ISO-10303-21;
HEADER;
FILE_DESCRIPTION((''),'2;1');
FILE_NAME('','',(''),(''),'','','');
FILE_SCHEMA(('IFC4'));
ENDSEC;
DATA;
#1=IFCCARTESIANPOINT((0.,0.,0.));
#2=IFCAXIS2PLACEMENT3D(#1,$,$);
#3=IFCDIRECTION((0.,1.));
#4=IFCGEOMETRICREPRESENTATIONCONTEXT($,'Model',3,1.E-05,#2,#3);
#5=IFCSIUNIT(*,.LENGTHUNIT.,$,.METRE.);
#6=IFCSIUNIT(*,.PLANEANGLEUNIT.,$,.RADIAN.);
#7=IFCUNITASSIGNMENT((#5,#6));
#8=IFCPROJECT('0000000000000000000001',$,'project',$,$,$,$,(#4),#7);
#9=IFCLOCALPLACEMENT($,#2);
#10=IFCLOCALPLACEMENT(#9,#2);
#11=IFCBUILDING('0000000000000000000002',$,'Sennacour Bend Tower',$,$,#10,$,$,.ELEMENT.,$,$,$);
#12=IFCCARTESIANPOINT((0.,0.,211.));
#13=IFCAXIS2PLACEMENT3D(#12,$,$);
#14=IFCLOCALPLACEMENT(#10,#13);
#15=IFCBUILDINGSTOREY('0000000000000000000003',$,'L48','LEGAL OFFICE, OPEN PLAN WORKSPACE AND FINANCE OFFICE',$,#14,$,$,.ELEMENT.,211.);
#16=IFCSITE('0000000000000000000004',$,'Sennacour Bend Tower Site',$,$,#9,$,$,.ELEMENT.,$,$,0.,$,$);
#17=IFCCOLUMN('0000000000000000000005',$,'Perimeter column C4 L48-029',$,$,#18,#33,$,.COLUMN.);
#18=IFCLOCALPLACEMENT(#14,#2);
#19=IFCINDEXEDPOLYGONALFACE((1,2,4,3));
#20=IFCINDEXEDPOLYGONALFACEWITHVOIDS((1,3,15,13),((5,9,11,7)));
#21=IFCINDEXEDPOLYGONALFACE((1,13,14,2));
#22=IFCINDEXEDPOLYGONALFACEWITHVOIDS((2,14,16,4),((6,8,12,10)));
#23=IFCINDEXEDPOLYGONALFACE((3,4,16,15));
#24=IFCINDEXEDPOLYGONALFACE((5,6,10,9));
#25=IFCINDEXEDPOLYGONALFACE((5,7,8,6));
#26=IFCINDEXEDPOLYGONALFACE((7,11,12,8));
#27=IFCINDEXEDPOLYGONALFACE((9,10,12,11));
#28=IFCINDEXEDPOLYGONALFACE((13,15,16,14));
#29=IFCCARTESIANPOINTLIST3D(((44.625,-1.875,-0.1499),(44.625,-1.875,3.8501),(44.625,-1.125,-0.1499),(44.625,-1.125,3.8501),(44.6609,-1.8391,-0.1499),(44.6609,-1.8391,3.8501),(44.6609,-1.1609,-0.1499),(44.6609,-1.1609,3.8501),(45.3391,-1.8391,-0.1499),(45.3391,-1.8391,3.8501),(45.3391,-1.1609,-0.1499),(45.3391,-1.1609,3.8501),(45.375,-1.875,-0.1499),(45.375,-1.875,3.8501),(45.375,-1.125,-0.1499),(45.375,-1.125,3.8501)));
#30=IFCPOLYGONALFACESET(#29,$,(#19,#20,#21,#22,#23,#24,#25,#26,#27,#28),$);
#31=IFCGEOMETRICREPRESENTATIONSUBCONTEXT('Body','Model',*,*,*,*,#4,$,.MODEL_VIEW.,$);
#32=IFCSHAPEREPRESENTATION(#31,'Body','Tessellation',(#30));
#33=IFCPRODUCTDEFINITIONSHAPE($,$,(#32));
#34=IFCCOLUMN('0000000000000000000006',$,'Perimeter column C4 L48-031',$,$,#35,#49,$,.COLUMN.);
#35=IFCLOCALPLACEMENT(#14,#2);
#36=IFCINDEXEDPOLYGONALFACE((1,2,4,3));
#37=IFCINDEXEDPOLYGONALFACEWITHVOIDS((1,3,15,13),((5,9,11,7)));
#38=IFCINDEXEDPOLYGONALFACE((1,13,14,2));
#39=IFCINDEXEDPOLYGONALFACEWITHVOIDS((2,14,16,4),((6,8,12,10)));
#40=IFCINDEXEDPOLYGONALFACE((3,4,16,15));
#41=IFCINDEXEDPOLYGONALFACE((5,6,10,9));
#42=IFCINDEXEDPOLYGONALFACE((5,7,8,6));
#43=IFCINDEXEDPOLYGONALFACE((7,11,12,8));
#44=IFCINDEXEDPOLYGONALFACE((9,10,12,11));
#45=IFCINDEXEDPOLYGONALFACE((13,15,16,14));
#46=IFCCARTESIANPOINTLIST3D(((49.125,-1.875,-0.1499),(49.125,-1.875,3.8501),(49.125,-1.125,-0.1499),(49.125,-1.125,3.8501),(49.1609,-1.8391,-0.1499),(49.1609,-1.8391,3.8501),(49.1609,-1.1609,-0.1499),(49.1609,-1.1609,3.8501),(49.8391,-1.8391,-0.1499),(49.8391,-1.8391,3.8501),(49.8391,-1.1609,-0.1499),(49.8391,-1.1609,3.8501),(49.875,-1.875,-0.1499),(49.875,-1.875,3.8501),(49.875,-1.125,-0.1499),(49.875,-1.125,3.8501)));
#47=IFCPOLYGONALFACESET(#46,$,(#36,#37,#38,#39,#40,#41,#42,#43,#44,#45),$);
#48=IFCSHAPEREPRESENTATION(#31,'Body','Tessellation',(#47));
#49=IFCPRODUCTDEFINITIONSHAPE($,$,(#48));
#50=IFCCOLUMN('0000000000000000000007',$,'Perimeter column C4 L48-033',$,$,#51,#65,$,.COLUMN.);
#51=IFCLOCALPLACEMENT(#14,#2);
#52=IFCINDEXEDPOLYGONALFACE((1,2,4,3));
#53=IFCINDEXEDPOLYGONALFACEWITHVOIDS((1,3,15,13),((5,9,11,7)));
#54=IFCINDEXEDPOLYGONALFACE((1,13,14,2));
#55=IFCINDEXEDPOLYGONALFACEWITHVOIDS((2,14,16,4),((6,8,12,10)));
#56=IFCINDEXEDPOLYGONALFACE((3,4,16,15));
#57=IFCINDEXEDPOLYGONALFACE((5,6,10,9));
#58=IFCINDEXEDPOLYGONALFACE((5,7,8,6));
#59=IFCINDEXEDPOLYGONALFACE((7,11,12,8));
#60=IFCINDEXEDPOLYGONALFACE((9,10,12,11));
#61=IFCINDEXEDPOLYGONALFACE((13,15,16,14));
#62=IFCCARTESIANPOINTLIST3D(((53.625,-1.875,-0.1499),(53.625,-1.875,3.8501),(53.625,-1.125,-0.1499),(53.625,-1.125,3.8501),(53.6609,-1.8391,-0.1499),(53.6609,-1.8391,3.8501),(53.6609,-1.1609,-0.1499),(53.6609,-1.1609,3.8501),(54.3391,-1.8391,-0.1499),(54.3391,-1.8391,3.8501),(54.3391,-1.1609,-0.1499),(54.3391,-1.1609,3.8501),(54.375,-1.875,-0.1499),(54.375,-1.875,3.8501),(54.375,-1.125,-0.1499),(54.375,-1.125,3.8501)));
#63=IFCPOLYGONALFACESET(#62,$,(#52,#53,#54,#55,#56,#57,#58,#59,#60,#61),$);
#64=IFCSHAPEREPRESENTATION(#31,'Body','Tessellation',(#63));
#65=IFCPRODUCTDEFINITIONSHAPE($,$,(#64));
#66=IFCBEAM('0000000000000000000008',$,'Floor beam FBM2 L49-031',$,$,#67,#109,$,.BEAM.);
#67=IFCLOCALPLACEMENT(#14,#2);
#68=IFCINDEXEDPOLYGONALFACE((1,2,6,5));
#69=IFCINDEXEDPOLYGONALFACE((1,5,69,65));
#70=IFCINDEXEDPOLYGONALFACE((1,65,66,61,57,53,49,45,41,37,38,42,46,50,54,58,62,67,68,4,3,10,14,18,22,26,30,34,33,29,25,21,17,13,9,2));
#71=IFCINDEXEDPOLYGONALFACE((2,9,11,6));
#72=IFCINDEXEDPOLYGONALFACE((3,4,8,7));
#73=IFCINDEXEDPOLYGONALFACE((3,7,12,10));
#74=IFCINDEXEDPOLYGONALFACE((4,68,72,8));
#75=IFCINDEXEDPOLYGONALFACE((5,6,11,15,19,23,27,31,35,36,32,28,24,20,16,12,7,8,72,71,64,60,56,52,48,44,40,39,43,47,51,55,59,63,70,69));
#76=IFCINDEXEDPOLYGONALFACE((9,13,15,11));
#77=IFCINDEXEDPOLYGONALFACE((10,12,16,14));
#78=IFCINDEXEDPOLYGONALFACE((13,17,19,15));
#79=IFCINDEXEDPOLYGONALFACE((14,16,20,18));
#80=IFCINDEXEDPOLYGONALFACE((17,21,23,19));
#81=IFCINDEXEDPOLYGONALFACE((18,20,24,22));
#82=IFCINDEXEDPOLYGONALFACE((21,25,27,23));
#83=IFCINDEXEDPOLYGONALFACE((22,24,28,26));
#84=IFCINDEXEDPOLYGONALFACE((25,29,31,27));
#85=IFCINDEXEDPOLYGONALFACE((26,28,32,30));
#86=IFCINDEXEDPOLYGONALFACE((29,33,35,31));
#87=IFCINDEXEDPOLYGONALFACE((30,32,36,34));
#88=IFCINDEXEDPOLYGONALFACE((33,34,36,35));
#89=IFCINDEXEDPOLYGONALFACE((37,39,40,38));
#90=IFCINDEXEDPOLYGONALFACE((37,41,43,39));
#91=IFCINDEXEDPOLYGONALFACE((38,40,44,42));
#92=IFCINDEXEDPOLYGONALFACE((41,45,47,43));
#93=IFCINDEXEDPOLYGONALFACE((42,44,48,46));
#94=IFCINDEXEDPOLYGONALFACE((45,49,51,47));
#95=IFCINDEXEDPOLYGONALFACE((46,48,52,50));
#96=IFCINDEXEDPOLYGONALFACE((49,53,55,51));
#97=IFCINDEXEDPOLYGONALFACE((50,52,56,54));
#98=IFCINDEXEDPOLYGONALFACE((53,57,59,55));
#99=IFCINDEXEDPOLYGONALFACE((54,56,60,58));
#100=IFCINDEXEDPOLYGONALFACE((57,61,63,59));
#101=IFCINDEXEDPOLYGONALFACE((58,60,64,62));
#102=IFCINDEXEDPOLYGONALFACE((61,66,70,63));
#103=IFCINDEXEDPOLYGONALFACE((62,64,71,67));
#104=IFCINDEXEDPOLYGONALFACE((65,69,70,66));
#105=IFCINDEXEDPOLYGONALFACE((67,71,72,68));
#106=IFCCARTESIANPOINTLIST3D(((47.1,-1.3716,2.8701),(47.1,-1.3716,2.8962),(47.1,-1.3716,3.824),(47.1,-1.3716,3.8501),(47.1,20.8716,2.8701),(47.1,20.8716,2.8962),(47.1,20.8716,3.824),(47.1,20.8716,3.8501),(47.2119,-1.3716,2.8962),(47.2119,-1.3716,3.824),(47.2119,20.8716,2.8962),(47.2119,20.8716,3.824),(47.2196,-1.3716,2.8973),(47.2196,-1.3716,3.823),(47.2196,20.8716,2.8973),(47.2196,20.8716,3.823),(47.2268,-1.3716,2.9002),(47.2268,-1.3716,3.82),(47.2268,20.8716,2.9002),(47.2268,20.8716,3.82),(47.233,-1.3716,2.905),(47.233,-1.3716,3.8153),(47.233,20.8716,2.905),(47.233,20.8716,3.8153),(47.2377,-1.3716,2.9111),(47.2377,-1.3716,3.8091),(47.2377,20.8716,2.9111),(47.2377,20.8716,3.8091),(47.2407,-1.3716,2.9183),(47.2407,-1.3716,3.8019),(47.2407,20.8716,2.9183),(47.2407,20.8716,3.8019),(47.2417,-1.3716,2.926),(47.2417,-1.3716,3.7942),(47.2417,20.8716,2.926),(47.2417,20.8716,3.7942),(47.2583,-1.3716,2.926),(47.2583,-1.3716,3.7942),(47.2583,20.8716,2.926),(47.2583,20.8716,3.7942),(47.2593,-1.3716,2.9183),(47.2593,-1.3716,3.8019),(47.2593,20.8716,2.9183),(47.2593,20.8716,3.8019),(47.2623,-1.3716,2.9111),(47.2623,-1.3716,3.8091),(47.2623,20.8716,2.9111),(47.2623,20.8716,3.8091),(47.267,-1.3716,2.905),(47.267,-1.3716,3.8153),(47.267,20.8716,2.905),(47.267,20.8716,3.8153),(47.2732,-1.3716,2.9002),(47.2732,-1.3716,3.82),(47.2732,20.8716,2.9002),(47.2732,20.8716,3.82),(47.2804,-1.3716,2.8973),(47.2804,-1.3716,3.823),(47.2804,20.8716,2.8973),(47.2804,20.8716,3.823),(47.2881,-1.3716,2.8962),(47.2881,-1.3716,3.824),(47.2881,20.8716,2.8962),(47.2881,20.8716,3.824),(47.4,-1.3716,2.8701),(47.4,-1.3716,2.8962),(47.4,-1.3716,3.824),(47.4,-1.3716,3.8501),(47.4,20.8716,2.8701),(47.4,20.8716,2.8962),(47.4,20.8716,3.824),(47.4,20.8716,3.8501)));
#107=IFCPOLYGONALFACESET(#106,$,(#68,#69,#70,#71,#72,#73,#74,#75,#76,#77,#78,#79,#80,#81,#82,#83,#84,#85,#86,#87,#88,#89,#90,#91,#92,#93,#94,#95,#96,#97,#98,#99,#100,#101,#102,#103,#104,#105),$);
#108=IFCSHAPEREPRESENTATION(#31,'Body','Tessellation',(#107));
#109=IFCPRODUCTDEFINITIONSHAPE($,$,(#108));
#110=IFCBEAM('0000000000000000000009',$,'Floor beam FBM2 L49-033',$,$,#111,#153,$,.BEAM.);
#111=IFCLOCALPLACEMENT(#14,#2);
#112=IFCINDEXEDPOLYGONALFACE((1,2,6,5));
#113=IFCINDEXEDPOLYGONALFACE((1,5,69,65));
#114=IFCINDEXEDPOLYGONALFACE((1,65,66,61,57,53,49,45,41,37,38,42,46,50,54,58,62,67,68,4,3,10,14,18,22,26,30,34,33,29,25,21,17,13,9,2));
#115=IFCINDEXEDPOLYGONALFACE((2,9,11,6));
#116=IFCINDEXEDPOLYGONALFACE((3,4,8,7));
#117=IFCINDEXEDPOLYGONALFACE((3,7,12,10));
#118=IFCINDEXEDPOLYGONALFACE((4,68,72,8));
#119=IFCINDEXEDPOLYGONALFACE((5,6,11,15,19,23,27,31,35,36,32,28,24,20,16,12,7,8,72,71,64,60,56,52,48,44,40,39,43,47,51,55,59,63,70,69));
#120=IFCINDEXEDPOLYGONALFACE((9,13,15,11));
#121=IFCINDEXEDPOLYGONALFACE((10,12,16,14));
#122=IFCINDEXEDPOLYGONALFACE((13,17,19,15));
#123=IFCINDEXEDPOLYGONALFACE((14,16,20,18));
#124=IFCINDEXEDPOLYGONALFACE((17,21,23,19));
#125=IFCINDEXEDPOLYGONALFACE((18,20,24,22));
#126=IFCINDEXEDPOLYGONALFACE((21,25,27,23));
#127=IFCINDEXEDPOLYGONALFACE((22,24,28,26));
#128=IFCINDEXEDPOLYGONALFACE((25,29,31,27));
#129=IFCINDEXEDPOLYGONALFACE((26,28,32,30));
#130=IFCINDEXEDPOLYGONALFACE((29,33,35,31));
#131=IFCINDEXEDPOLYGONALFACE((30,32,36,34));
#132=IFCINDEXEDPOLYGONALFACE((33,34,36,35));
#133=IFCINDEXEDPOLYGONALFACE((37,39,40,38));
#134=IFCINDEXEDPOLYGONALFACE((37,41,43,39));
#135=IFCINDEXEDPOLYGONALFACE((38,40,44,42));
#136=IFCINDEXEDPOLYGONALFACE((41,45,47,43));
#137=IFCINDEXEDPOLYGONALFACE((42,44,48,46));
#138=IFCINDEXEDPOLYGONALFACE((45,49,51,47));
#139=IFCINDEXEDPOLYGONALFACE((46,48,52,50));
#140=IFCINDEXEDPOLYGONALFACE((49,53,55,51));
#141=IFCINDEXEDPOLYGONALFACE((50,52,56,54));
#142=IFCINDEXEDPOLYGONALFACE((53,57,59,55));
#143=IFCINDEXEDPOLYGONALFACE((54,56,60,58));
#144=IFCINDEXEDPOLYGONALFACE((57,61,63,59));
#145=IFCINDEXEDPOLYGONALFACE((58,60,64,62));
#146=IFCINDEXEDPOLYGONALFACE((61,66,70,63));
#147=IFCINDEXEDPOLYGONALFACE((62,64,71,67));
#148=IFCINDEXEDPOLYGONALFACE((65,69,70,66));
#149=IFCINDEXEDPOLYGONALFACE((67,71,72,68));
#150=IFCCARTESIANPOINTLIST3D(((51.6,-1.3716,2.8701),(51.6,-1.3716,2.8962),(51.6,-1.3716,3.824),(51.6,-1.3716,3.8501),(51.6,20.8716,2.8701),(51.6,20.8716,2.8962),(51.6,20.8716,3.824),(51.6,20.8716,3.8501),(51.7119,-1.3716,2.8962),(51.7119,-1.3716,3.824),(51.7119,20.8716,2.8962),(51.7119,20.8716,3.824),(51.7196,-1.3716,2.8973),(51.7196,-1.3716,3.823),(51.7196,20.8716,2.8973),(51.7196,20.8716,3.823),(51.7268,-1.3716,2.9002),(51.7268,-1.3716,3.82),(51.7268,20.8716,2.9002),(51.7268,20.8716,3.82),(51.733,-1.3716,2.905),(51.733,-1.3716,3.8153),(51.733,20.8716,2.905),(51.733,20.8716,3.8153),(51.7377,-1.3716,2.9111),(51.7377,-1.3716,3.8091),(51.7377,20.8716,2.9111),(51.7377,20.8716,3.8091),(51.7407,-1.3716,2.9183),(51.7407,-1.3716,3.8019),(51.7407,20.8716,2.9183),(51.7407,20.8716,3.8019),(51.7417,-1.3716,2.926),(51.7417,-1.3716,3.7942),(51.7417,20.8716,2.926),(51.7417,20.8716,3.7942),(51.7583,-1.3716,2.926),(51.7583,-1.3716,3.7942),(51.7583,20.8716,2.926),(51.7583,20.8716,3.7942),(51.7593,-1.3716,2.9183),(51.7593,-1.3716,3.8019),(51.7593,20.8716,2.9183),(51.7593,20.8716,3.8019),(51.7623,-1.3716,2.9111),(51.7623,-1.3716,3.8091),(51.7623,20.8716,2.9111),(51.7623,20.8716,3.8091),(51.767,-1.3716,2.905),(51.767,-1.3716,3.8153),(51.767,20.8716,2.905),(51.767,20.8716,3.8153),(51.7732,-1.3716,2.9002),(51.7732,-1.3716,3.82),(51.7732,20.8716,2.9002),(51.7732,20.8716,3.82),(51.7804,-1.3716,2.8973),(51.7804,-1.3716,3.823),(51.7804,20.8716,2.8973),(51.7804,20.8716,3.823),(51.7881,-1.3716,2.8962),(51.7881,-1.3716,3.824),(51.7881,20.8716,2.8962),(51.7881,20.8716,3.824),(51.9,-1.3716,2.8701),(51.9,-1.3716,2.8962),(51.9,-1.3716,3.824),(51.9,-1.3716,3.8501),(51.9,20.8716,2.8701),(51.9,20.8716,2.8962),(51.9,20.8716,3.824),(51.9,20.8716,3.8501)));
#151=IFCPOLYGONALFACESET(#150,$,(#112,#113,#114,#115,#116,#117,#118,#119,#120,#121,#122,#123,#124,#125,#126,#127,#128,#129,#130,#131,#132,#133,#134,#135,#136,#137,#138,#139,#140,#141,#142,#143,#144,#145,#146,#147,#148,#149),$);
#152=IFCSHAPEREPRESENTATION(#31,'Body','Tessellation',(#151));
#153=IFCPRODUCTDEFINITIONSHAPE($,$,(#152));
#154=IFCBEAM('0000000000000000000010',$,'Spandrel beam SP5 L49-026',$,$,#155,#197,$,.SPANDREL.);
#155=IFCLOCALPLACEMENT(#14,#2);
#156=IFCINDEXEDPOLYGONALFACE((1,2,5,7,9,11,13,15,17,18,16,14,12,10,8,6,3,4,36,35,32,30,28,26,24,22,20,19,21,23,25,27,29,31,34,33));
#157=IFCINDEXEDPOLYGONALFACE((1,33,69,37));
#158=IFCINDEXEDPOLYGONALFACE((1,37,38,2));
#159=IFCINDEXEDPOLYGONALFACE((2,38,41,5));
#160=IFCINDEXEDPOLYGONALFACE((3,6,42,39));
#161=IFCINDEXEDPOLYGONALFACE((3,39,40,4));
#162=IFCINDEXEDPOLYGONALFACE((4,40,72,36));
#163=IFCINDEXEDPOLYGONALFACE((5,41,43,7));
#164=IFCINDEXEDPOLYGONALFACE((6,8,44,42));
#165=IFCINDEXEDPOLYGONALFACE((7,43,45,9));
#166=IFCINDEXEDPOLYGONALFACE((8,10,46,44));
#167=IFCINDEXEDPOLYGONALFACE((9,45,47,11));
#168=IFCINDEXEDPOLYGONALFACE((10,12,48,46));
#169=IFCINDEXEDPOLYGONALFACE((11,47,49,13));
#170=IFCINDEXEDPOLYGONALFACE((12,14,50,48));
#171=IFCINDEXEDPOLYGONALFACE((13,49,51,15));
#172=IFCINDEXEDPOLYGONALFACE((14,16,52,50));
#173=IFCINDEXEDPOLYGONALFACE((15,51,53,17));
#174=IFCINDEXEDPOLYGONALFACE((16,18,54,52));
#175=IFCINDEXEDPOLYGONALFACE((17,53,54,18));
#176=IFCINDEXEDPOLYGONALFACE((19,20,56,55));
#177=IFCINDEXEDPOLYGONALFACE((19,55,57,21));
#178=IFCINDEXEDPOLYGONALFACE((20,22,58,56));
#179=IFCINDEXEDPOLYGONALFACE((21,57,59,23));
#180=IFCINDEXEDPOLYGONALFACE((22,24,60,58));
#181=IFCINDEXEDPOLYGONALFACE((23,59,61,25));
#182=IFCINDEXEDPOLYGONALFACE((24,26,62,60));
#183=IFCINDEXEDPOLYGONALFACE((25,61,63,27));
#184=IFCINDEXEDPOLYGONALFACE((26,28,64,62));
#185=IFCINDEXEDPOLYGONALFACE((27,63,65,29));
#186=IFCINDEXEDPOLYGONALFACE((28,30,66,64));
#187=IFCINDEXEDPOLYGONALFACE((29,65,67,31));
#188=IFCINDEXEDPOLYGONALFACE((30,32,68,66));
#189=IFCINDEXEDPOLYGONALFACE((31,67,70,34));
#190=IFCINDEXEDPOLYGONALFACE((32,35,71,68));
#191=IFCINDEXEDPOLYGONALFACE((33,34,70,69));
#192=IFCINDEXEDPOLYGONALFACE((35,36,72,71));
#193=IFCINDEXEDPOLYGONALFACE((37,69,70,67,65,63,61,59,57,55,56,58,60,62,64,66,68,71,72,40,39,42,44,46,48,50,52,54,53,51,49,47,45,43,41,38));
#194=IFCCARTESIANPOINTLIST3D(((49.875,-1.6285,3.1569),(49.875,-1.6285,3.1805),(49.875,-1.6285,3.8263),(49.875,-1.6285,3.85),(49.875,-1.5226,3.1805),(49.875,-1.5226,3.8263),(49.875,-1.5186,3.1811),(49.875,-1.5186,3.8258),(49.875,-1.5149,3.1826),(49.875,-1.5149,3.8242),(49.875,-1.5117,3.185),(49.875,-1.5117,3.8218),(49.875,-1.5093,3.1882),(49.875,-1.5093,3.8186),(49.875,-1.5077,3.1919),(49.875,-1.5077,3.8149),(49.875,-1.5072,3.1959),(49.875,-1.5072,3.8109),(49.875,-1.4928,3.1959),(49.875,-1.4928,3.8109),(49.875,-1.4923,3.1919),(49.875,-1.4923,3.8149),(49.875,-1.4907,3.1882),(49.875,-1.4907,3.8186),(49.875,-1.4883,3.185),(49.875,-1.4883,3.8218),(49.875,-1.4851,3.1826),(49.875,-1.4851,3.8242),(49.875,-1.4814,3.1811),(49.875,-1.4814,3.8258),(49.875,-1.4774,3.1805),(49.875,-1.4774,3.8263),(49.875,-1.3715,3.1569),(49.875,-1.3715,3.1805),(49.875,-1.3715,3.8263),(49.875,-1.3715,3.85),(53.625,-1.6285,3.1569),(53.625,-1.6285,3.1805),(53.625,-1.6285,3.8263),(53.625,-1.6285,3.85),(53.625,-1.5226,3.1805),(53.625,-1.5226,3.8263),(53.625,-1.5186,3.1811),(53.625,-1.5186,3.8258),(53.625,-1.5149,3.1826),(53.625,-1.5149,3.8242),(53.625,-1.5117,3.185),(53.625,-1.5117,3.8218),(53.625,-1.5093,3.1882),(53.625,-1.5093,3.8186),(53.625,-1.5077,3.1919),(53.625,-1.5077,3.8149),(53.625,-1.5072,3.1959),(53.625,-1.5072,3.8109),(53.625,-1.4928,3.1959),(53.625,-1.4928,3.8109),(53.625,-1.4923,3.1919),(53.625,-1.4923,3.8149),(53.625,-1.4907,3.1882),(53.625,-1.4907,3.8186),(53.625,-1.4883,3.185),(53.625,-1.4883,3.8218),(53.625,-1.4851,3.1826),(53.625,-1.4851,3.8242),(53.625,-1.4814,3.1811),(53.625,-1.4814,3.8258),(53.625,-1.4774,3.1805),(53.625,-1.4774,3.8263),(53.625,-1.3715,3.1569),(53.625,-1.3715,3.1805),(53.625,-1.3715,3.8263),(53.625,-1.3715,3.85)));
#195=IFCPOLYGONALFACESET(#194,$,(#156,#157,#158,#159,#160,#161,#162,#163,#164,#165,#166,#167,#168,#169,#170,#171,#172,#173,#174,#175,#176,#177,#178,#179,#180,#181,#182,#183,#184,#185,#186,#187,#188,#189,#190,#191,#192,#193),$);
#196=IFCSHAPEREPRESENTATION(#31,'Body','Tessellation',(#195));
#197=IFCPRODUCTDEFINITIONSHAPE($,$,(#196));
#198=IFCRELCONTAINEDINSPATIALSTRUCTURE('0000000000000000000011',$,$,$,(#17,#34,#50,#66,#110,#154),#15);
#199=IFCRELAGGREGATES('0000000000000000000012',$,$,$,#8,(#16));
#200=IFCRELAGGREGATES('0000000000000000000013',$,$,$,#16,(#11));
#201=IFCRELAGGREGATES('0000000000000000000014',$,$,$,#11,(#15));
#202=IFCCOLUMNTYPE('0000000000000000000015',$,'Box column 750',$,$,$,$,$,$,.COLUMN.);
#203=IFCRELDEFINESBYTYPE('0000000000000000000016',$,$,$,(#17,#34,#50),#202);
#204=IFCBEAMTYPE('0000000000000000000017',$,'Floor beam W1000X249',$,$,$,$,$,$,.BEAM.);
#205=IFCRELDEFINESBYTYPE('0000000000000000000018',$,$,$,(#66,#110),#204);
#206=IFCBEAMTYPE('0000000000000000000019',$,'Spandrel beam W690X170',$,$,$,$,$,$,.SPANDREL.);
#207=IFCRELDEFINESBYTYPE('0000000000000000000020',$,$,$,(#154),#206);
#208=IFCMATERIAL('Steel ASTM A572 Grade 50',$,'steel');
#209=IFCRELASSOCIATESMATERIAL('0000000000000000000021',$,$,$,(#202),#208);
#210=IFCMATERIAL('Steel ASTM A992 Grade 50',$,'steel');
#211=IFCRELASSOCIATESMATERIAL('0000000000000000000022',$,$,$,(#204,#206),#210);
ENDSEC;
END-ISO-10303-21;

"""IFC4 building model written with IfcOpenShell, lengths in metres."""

from ifc_helpers import new_model, si_unit, direction, frame, origin, origin_2d, place, context, subcontext, project, spatial, hollow_rectangle, i_section, extrude, material, material_profile, profile_set, type_object, element, save


model = new_model("IFC4")

# Units and contexts
model_context = context("Model", 3, precision=1e-05, world=origin(), true_north=direction((0.0, 1.0)))
body_context = subcontext(model_context, "Body", "Model", "MODEL_VIEW")
ifc_project = project(units=[si_unit("LENGTHUNIT", "METRE"), si_unit("PLANEANGLEUNIT", "RADIAN")], contexts=[model_context])

# Site, building, storey
site_placement = place(None, origin())
site = spatial("IfcSite", under=ifc_project, at=site_placement, Name="Sennacour Bend Tower Site", CompositionType="ELEMENT", RefElevation=0.0)
building_placement = place(site_placement, origin())
building = spatial("IfcBuilding", under=site, at=building_placement, Name="Sennacour Bend Tower", CompositionType="ELEMENT")
storey_placement = place(building_placement, frame((0.0, 0.0, 211.0)))
storey = spatial("IfcBuildingStorey", under=building, at=storey_placement, Name="L48", Description="LEGAL OFFICE, OPEN PLAN WORKSPACE AND FINANCE OFFICE", CompositionType="ELEMENT", Elevation=211.0)

# Columns
ifc_material_1 = material(Name="Steel ASTM A572 Grade 50", Category="steel")
ifc_material_profile_1 = material_profile(ifc_material_1, hollow_rectangle(XDim=0.75, YDim=0.75, WallThickness=0.0359, at=origin_2d()), Name="Steel ASTM A572 Grade 50", Category="steel")
ifc_profile_set_1 = profile_set([ifc_material_profile_1], Name="Steel ASTM A572 Grade 50")
column_type = type_object("IfcColumnType", Name="Box column 750", PredefinedType="COLUMN", material=ifc_profile_set_1)
for number, where, z_axis, x_axis, name in (
    (1, (45.0, -1.5, -0.1499), (0.0, 0.0, 1.0), (1.0, 0.0, 0.0), "Perimeter column C4 L48-029"),
    (2, (49.5, -1.5, -0.1499), (0.0, 0.0, 1.0), (1.0, 0.0, 0.0), "Perimeter column C4 L48-031"),
    (3, (54.0, -1.5, -0.1499), (0.0, 0.0, 1.0), (1.0, 0.0, 0.0), "Perimeter column C4 L48-033"),
):
    element("IfcColumn", number, at=place(storey_placement, frame(where, z_axis=z_axis, x_axis=x_axis)), inside=storey, type_object=column_type, Name=name, PredefinedType="COLUMN", context=body_context, shape_type="SweptSolid", body=[
        extrude(hollow_rectangle(XDim=0.75, YDim=0.75, WallThickness=0.0359, at=origin_2d()), origin(), (0.0, 0.0, 1.0), 4.0),
    ])

# Beams
ifc_material_2 = material(Name="Steel ASTM A992 Grade 50", Category="steel")
ifc_material_profile_2 = material_profile(ifc_material_2, i_section(OverallWidth=0.3, OverallDepth=0.98, WebThickness=0.0166, FlangeThickness=0.0261, FilletRadius=0.0298, at=origin_2d()), Name="Steel ASTM A992 Grade 50", Category="steel")
ifc_profile_set_2 = profile_set([ifc_material_profile_2], Name="Steel ASTM A992 Grade 50")
beam_type_1 = type_object("IfcBeamType", Name="Floor beam W1000X249", PredefinedType="BEAM", material=ifc_profile_set_2)
for number, where, z_axis, x_axis, name in (
    (4, (47.25, -1.3716, 3.3601), (0.0, 1.0, 0.0), (-1.0, 0.0, 0.0), "Floor beam FBM2 L49-031"),
    (5, (51.75, -1.3716, 3.3601), (0.0, 1.0, 0.0), (-1.0, 0.0, 0.0), "Floor beam FBM2 L49-033"),
):
    element("IfcBeam", number, at=place(storey_placement, frame(where, z_axis=z_axis, x_axis=x_axis)), inside=storey, type_object=beam_type_1, Name=name, PredefinedType="BEAM", context=body_context, shape_type="SweptSolid", body=[
        extrude(i_section(OverallWidth=0.3, OverallDepth=0.98, WebThickness=0.0166, FlangeThickness=0.0261, FilletRadius=0.0298, at=origin_2d()), origin(), (0.0, 0.0, 1.0), 22.2432),
    ])
ifc_material_profile_3 = material_profile(ifc_material_2, i_section(OverallWidth=0.2571, OverallDepth=0.6931, WebThickness=0.0144, FlangeThickness=0.0237, FilletRadius=0.0154, at=origin_2d()), Name="Steel ASTM A992 Grade 50", Category="steel")
ifc_profile_set_3 = profile_set([ifc_material_profile_3], Name="Steel ASTM A992 Grade 50")
beam_type_2 = type_object("IfcBeamType", Name="Spandrel beam W690X170", PredefinedType="SPANDREL", material=ifc_profile_set_3)
for number, where, z_axis, x_axis, name in (
    (6, (53.625, -1.5, 3.5034), (-1.0, 0.0, 0.0), (0.0, -1.0, 0.0), "Spandrel beam SP5 L49-026"),
):
    element("IfcBeam", number, at=place(storey_placement, frame(where, z_axis=z_axis, x_axis=x_axis)), inside=storey, type_object=beam_type_2, Name=name, PredefinedType="SPANDREL", context=body_context, shape_type="SweptSolid", body=[
        extrude(i_section(OverallWidth=0.2571, OverallDepth=0.6931, WebThickness=0.0144, FlangeThickness=0.0237, FilletRadius=0.0154, at=origin_2d()), origin(), (0.0, 0.0, 1.0), 3.75),
    ])

save(model, "model.ifc")
